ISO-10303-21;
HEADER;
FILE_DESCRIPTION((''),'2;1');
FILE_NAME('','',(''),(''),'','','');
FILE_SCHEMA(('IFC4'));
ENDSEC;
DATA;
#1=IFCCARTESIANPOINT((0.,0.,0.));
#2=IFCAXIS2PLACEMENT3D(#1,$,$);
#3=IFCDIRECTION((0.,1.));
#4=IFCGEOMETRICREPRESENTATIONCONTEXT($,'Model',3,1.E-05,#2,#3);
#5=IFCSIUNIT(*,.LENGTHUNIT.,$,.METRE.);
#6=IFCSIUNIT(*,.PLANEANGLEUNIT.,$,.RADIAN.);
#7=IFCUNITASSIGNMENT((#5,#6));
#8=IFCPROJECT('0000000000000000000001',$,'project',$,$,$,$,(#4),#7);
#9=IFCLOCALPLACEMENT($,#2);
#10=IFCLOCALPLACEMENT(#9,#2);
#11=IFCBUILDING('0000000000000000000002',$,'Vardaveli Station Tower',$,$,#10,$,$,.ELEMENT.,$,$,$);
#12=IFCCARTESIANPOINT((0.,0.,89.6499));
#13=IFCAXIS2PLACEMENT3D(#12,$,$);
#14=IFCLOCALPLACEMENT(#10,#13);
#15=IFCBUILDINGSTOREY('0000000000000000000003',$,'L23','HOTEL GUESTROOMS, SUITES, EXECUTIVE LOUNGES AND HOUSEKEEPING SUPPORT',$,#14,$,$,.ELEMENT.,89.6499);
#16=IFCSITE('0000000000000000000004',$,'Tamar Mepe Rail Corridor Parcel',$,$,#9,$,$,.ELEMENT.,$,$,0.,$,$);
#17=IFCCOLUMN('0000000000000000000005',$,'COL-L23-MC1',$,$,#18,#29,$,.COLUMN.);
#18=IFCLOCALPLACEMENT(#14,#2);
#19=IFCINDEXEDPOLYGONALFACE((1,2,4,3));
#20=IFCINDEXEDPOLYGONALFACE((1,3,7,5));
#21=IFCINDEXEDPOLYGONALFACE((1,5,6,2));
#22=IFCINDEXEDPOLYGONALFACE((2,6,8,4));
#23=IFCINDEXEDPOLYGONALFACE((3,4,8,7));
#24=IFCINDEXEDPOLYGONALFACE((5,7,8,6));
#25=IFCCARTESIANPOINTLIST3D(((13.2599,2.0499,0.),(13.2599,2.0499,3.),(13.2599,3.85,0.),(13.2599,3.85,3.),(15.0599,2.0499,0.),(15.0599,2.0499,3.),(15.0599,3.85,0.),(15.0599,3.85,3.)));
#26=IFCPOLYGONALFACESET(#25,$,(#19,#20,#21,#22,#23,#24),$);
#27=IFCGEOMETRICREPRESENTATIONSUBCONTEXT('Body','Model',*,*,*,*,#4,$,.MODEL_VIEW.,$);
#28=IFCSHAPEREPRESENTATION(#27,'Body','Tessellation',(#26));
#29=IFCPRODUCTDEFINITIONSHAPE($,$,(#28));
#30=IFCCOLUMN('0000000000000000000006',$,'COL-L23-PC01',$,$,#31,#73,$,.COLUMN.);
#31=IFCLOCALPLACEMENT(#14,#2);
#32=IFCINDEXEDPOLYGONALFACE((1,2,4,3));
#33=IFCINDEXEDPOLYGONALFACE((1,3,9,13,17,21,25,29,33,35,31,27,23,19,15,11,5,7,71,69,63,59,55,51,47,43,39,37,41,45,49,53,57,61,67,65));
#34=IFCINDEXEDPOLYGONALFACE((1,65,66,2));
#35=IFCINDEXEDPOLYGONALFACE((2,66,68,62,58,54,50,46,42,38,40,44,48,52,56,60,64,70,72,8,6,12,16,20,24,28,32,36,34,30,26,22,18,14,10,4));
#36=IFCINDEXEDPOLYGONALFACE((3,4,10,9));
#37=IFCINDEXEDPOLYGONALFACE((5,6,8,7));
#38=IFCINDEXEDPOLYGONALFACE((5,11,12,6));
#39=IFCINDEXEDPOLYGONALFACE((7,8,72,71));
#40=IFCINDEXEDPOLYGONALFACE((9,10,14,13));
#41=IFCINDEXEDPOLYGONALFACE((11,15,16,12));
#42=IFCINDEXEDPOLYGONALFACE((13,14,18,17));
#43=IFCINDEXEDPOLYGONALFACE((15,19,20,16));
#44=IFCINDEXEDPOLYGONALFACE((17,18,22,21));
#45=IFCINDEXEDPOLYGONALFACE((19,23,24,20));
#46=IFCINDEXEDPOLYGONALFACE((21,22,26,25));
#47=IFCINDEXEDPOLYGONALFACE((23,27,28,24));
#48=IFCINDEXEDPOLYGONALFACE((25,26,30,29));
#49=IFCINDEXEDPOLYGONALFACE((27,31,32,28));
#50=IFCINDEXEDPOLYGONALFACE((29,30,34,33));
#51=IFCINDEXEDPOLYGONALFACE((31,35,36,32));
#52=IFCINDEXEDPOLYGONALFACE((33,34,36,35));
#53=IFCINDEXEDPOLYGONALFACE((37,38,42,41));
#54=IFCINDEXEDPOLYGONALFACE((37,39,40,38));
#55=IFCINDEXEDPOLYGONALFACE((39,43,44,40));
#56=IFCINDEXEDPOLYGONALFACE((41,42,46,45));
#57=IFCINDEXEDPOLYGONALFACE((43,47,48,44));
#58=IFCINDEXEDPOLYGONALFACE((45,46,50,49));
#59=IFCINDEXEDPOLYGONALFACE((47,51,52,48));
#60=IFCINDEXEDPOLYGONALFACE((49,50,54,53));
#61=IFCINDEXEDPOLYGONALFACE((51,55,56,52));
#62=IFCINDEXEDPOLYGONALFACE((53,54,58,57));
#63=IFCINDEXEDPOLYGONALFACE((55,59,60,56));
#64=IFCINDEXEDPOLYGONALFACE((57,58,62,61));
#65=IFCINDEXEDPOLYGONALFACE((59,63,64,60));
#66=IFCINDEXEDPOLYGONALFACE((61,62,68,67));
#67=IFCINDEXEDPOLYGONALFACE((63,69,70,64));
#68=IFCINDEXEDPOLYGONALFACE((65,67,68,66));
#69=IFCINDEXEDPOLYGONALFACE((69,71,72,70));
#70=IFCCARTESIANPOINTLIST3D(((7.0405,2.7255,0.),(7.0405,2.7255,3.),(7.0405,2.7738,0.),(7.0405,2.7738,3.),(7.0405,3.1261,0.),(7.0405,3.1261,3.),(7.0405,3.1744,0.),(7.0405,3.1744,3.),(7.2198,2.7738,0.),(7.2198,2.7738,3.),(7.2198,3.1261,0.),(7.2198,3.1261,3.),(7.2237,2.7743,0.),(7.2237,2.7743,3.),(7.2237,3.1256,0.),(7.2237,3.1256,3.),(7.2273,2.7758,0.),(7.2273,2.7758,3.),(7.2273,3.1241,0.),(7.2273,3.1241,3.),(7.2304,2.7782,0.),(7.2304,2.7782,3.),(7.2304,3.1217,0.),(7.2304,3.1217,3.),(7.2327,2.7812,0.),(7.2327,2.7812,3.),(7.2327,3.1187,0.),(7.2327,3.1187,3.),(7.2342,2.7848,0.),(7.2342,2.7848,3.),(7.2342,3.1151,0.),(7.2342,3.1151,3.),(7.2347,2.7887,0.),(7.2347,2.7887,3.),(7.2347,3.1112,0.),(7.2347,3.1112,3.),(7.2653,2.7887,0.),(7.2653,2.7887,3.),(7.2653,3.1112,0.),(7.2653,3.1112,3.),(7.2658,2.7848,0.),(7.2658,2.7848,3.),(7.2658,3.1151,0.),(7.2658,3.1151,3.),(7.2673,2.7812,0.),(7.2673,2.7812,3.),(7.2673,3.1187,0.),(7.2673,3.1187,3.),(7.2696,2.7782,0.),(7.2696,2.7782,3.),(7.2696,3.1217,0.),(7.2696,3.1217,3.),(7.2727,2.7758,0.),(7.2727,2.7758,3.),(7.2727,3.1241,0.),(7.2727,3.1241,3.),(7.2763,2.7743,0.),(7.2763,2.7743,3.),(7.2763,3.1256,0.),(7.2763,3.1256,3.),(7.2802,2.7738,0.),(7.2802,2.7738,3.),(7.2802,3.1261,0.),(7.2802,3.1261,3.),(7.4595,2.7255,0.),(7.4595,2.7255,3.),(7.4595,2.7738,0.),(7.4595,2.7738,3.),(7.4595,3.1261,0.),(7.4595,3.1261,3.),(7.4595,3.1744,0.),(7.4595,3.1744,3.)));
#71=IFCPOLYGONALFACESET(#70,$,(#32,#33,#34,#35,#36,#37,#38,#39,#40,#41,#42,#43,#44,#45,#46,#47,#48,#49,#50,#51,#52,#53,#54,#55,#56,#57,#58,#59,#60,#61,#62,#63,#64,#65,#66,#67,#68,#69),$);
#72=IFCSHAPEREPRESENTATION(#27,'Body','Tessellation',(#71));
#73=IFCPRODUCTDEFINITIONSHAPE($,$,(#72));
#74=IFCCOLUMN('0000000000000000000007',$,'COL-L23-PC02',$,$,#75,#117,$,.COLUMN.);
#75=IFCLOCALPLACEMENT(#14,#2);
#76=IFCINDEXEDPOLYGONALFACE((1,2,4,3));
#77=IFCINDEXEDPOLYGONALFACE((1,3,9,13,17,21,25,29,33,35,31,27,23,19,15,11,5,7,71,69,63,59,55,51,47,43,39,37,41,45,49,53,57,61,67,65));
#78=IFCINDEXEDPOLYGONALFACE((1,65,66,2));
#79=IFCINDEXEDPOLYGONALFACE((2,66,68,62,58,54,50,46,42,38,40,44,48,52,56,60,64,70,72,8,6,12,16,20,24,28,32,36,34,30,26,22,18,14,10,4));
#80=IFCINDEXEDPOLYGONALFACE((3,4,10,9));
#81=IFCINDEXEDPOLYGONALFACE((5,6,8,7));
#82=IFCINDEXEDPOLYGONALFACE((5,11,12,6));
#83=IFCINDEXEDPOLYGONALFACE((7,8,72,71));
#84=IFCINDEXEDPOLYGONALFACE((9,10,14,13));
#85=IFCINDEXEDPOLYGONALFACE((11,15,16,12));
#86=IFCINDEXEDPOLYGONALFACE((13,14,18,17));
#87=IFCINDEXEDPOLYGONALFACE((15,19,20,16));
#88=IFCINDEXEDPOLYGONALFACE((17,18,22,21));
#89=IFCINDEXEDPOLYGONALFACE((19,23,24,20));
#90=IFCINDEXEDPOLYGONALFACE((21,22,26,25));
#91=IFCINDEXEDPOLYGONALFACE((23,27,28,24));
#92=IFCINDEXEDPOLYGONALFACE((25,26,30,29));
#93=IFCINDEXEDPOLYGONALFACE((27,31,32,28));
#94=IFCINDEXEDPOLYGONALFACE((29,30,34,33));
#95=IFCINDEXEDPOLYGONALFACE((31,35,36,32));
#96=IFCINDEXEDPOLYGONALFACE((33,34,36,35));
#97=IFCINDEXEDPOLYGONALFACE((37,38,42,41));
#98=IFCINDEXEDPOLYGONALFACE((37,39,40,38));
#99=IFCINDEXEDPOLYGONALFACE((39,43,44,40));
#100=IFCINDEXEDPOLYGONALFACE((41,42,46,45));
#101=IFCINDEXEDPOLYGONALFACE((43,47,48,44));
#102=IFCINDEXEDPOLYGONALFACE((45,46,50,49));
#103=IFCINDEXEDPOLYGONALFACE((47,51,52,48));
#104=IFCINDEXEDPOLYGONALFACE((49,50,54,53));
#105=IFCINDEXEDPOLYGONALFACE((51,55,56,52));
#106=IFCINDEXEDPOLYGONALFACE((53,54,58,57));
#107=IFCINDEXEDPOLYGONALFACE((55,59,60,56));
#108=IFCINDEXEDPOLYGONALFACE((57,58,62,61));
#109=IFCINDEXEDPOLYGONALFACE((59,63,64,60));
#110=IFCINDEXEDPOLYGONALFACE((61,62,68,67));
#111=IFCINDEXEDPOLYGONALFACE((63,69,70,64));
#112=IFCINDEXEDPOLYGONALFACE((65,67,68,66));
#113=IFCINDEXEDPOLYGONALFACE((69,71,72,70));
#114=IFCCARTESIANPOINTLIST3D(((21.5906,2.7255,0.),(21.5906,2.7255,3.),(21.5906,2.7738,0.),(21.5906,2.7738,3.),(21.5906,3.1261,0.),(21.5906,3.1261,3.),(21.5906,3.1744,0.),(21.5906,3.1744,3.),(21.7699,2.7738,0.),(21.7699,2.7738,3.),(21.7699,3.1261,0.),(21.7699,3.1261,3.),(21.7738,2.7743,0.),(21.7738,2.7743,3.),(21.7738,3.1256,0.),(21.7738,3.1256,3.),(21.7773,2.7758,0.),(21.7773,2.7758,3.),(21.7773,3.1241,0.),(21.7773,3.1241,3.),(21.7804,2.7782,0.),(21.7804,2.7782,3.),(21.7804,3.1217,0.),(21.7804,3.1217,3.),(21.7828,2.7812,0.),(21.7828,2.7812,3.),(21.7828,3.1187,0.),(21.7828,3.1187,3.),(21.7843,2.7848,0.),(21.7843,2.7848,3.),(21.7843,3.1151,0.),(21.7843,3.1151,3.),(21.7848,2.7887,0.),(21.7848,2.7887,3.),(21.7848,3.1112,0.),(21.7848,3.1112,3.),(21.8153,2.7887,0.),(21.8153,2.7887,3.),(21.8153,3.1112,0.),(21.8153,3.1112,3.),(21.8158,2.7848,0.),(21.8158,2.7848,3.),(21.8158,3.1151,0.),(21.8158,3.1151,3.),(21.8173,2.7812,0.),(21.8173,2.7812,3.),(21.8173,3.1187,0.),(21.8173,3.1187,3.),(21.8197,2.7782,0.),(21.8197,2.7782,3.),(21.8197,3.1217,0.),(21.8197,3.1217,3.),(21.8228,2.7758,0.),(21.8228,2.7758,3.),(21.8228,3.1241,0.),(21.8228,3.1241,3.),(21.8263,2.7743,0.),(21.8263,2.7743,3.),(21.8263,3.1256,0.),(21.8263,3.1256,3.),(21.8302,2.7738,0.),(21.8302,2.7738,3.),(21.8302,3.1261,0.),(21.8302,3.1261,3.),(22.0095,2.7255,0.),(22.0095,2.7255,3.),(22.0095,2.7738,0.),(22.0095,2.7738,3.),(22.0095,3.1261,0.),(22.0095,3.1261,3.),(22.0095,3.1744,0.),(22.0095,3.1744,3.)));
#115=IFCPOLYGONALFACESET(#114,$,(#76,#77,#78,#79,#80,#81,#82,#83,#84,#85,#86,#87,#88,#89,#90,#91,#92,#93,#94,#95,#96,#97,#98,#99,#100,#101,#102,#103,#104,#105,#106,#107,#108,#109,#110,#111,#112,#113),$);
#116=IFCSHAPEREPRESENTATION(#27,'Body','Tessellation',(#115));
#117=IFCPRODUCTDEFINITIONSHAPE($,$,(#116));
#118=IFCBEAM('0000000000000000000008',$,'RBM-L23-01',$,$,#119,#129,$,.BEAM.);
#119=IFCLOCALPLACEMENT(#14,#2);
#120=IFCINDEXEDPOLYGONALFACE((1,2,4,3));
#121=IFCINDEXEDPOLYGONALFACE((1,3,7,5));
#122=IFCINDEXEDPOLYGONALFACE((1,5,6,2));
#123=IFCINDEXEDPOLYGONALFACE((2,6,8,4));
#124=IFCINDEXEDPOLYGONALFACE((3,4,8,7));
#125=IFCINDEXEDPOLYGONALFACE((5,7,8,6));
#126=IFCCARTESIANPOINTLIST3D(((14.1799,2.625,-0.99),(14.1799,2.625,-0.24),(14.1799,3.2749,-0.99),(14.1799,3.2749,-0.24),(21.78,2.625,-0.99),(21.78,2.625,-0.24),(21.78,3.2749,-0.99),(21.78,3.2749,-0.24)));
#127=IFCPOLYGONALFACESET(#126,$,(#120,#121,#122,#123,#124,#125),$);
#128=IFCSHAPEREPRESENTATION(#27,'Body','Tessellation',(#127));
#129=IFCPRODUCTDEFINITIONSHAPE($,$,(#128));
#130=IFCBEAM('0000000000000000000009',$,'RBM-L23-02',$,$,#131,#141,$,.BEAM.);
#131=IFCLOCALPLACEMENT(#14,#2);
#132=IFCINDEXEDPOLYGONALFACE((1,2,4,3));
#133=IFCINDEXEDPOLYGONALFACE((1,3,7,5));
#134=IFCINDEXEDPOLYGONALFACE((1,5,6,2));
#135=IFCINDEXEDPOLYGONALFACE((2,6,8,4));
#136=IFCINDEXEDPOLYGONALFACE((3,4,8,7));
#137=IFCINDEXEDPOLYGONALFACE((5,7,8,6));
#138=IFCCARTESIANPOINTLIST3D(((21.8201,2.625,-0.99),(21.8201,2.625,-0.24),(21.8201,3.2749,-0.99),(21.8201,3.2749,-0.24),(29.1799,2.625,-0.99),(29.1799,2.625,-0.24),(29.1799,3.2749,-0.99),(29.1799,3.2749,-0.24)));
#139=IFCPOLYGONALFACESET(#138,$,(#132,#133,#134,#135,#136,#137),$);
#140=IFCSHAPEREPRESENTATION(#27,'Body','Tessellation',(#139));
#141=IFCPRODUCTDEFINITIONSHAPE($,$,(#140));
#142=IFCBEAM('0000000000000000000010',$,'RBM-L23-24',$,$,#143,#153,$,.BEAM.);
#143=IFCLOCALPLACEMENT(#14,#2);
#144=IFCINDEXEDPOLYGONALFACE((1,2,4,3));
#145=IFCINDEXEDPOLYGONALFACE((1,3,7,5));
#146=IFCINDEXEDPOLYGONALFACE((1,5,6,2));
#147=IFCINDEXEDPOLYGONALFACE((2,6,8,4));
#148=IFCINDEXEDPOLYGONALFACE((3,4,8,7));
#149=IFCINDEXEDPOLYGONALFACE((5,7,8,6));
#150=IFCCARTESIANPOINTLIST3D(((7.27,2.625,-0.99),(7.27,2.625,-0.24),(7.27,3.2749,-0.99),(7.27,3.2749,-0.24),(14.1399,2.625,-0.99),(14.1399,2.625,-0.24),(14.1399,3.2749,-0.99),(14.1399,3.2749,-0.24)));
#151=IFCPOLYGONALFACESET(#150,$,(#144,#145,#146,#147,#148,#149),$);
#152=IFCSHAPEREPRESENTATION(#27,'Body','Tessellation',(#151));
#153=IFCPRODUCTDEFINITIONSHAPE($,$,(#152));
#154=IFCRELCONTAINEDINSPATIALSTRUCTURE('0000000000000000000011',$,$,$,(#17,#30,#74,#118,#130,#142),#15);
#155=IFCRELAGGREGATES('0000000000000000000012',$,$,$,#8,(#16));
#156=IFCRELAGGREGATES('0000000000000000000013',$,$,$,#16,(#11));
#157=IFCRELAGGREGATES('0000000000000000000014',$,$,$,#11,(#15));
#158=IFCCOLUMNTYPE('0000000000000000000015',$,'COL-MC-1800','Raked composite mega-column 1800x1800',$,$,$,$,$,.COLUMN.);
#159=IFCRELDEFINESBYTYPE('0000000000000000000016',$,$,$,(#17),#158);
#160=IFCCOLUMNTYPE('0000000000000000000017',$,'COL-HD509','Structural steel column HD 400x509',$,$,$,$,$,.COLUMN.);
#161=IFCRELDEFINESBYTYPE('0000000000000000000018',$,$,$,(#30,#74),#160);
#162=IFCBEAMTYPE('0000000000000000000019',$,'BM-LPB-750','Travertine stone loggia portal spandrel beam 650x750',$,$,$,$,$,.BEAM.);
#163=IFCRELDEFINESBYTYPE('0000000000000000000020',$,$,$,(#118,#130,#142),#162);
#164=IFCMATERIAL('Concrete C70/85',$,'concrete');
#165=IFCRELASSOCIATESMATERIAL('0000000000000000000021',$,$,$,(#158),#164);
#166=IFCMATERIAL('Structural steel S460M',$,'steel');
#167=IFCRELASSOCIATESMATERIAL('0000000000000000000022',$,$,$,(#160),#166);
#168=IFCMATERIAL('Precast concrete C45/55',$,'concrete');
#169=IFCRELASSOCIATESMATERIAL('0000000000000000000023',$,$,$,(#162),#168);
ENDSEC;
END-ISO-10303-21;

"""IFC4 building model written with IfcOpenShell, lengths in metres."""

from ifc_helpers import new_model, si_unit, direction, frame, origin, origin_2d, place, context, subcontext, project, spatial, rectangle, i_section, extrude, source, transform, mapped, material, material_profile, profile_set, type_object, element, save


model = new_model("IFC4")

# Units and contexts
model_context = context("Model", 3, precision=1e-05, world=origin(), true_north=direction((0.0, 1.0)))
body_context = subcontext(model_context, "Body", "Model", "MODEL_VIEW")
ifc_project = project(units=[si_unit("LENGTHUNIT", "METRE"), si_unit("PLANEANGLEUNIT", "RADIAN")], contexts=[model_context])

# Site, building, storey
site_placement = place(None, origin())
site = spatial("IfcSite", under=ifc_project, at=site_placement, Name="Tamar Mepe Rail Corridor Parcel", CompositionType="ELEMENT", RefElevation=0.0)
building_placement = place(site_placement, origin())
building = spatial("IfcBuilding", under=site, at=building_placement, Name="Vardaveli Station Tower", CompositionType="ELEMENT")
storey_placement = place(building_placement, frame((0.0, 0.0, 89.6499)))
storey = spatial("IfcBuildingStorey", under=building, at=storey_placement, Name="L23", Description="HOTEL GUESTROOMS, SUITES, EXECUTIVE LOUNGES AND HOUSEKEEPING SUPPORT", CompositionType="ELEMENT", Elevation=89.6499)

# Columns
ifc_material_1 = material(Name="Concrete C70/85", Category="concrete")
ifc_material_profile_1 = material_profile(ifc_material_1, rectangle(XDim=1.8, YDim=1.8, at=origin_2d()), Name="MC 1800x1800")
ifc_profile_set_1 = profile_set([ifc_material_profile_1], Name="Concrete C70/85")
column_type_1 = type_object("IfcColumnType", Name="COL-MC-1800", Description="Raked composite mega-column 1800x1800", PredefinedType="COLUMN", material=ifc_profile_set_1)
shared_shape_1 = source(origin(), body_context, "Body", "SweptSolid", [
    extrude(rectangle(XDim=1.8, YDim=1.8, at=origin_2d()), origin(), (0.0, 0.0, 1.0), 3.0),
])
column_placement = place(storey_placement, frame((14.1599, 2.95, 0.0), z_axis=(0.0, 0.0, 1.0), x_axis=(1.0, 0.0, 0.0)))
element("IfcColumn", 1, at=column_placement, inside=storey, type_object=column_type_1, Name="COL-L23-MC1", PredefinedType="COLUMN", context=body_context, shape_type="MappedRepresentation", body=[
    mapped(shared_shape_1, transform((0.0, 0.0, 0.0), scale=1.0)),
])
ifc_material_2 = material(Name="Structural steel S460M", Category="steel")
ifc_material_profile_2 = material_profile(ifc_material_2, i_section(OverallWidth=0.4189, OverallDepth=0.449, WebThickness=0.0305, FlangeThickness=0.0483, FilletRadius=0.0149, at=origin_2d()), Name="HD 400x509")
ifc_profile_set_2 = profile_set([ifc_material_profile_2], Name="Structural steel S460M")
column_type_2 = type_object("IfcColumnType", Name="COL-HD509", Description="Structural steel column HD 400x509", PredefinedType="COLUMN", material=ifc_profile_set_2)
shared_shape_2 = source(origin(), body_context, "Body", "SweptSolid", [
    extrude(i_section(OverallWidth=0.4189, OverallDepth=0.449, WebThickness=0.0305, FlangeThickness=0.0483, FilletRadius=0.0149, at=origin_2d()), origin(), (0.0, 0.0, 1.0), 3.0),
])
for number, where, z_axis, x_axis, name in (
    (2, (7.25, 2.95, 0.0), (0.0, 0.0, 1.0), (1.0, 0.0, 0.0), "COL-L23-PC01"),
    (3, (21.8, 2.95, 0.0), (0.0, 0.0, 1.0), (1.0, 0.0, 0.0), "COL-L23-PC02"),
):
    element("IfcColumn", number, at=place(storey_placement, frame(where, z_axis=z_axis, x_axis=x_axis)), inside=storey, type_object=column_type_2, Name=name, PredefinedType="COLUMN", context=body_context, shape_type="MappedRepresentation", body=[
        mapped(shared_shape_2, transform((0.0, 0.0, 0.0), scale=1.0)),
    ])

# Beams
ifc_material_3 = material(Name="Precast concrete C45/55", Category="concrete")
ifc_material_profile_3 = material_profile(ifc_material_3, rectangle(XDim=0.6499, YDim=0.75, at=origin_2d()), Name="LPB 650x750")
ifc_profile_set_3 = profile_set([ifc_material_profile_3], Name="Precast concrete C45/55")
beam_type_1 = type_object("IfcBeamType", Name="BM-LPB-750", Description="Travertine stone loggia portal spandrel beam 650x750", PredefinedType="BEAM", material=ifc_profile_set_3)
shared_shape_3 = source(origin(), body_context, "Body", "SweptSolid", [
    extrude(rectangle(XDim=0.6499, YDim=0.75, at=origin_2d()), origin(), (0.0, 0.0, 1.0), 7.6001),
])
beam_1_placement = place(storey_placement, frame((14.1799, 2.95, -0.615), z_axis=(1.0, 0.0, 0.0), x_axis=(0.0, 1.0, 0.0)))
element("IfcBeam", 4, at=beam_1_placement, inside=storey, type_object=beam_type_1, Name="RBM-L23-01", PredefinedType="BEAM", context=body_context, shape_type="MappedRepresentation", body=[
    mapped(shared_shape_3, transform((0.0, 0.0, 0.0), scale=1.0)),
])
shared_shape_4 = source(origin(), body_context, "Body", "SweptSolid", [
    extrude(rectangle(XDim=0.6499, YDim=0.75, at=origin_2d()), origin(), (0.0, 0.0, 1.0), 7.3599),
])
beam_2_placement = place(storey_placement, frame((21.8201, 2.95, -0.615), z_axis=(1.0, 0.0, 0.0), x_axis=(0.0, 1.0, 0.0)))
element("IfcBeam", 5, at=beam_2_placement, inside=storey, type_object=beam_type_1, Name="RBM-L23-02", PredefinedType="BEAM", context=body_context, shape_type="MappedRepresentation", body=[
    mapped(shared_shape_4, transform((0.0, 0.0, 0.0), scale=1.0)),
])
shared_shape_5 = source(origin(), body_context, "Body", "SweptSolid", [
    extrude(rectangle(XDim=0.6499, YDim=0.75, at=origin_2d()), origin(), (0.0, 0.0, 1.0), 6.8699),
])
beam_3_placement = place(storey_placement, frame((7.27, 2.95, -0.615), z_axis=(1.0, 0.0, 0.0), x_axis=(0.0, 1.0, 0.0)))
element("IfcBeam", 6, at=beam_3_placement, inside=storey, type_object=beam_type_1, Name="RBM-L23-24", PredefinedType="BEAM", context=body_context, shape_type="MappedRepresentation", body=[
    mapped(shared_shape_5, transform((0.0, 0.0, 0.0), scale=1.0)),
])

save(model, "model.ifc")
